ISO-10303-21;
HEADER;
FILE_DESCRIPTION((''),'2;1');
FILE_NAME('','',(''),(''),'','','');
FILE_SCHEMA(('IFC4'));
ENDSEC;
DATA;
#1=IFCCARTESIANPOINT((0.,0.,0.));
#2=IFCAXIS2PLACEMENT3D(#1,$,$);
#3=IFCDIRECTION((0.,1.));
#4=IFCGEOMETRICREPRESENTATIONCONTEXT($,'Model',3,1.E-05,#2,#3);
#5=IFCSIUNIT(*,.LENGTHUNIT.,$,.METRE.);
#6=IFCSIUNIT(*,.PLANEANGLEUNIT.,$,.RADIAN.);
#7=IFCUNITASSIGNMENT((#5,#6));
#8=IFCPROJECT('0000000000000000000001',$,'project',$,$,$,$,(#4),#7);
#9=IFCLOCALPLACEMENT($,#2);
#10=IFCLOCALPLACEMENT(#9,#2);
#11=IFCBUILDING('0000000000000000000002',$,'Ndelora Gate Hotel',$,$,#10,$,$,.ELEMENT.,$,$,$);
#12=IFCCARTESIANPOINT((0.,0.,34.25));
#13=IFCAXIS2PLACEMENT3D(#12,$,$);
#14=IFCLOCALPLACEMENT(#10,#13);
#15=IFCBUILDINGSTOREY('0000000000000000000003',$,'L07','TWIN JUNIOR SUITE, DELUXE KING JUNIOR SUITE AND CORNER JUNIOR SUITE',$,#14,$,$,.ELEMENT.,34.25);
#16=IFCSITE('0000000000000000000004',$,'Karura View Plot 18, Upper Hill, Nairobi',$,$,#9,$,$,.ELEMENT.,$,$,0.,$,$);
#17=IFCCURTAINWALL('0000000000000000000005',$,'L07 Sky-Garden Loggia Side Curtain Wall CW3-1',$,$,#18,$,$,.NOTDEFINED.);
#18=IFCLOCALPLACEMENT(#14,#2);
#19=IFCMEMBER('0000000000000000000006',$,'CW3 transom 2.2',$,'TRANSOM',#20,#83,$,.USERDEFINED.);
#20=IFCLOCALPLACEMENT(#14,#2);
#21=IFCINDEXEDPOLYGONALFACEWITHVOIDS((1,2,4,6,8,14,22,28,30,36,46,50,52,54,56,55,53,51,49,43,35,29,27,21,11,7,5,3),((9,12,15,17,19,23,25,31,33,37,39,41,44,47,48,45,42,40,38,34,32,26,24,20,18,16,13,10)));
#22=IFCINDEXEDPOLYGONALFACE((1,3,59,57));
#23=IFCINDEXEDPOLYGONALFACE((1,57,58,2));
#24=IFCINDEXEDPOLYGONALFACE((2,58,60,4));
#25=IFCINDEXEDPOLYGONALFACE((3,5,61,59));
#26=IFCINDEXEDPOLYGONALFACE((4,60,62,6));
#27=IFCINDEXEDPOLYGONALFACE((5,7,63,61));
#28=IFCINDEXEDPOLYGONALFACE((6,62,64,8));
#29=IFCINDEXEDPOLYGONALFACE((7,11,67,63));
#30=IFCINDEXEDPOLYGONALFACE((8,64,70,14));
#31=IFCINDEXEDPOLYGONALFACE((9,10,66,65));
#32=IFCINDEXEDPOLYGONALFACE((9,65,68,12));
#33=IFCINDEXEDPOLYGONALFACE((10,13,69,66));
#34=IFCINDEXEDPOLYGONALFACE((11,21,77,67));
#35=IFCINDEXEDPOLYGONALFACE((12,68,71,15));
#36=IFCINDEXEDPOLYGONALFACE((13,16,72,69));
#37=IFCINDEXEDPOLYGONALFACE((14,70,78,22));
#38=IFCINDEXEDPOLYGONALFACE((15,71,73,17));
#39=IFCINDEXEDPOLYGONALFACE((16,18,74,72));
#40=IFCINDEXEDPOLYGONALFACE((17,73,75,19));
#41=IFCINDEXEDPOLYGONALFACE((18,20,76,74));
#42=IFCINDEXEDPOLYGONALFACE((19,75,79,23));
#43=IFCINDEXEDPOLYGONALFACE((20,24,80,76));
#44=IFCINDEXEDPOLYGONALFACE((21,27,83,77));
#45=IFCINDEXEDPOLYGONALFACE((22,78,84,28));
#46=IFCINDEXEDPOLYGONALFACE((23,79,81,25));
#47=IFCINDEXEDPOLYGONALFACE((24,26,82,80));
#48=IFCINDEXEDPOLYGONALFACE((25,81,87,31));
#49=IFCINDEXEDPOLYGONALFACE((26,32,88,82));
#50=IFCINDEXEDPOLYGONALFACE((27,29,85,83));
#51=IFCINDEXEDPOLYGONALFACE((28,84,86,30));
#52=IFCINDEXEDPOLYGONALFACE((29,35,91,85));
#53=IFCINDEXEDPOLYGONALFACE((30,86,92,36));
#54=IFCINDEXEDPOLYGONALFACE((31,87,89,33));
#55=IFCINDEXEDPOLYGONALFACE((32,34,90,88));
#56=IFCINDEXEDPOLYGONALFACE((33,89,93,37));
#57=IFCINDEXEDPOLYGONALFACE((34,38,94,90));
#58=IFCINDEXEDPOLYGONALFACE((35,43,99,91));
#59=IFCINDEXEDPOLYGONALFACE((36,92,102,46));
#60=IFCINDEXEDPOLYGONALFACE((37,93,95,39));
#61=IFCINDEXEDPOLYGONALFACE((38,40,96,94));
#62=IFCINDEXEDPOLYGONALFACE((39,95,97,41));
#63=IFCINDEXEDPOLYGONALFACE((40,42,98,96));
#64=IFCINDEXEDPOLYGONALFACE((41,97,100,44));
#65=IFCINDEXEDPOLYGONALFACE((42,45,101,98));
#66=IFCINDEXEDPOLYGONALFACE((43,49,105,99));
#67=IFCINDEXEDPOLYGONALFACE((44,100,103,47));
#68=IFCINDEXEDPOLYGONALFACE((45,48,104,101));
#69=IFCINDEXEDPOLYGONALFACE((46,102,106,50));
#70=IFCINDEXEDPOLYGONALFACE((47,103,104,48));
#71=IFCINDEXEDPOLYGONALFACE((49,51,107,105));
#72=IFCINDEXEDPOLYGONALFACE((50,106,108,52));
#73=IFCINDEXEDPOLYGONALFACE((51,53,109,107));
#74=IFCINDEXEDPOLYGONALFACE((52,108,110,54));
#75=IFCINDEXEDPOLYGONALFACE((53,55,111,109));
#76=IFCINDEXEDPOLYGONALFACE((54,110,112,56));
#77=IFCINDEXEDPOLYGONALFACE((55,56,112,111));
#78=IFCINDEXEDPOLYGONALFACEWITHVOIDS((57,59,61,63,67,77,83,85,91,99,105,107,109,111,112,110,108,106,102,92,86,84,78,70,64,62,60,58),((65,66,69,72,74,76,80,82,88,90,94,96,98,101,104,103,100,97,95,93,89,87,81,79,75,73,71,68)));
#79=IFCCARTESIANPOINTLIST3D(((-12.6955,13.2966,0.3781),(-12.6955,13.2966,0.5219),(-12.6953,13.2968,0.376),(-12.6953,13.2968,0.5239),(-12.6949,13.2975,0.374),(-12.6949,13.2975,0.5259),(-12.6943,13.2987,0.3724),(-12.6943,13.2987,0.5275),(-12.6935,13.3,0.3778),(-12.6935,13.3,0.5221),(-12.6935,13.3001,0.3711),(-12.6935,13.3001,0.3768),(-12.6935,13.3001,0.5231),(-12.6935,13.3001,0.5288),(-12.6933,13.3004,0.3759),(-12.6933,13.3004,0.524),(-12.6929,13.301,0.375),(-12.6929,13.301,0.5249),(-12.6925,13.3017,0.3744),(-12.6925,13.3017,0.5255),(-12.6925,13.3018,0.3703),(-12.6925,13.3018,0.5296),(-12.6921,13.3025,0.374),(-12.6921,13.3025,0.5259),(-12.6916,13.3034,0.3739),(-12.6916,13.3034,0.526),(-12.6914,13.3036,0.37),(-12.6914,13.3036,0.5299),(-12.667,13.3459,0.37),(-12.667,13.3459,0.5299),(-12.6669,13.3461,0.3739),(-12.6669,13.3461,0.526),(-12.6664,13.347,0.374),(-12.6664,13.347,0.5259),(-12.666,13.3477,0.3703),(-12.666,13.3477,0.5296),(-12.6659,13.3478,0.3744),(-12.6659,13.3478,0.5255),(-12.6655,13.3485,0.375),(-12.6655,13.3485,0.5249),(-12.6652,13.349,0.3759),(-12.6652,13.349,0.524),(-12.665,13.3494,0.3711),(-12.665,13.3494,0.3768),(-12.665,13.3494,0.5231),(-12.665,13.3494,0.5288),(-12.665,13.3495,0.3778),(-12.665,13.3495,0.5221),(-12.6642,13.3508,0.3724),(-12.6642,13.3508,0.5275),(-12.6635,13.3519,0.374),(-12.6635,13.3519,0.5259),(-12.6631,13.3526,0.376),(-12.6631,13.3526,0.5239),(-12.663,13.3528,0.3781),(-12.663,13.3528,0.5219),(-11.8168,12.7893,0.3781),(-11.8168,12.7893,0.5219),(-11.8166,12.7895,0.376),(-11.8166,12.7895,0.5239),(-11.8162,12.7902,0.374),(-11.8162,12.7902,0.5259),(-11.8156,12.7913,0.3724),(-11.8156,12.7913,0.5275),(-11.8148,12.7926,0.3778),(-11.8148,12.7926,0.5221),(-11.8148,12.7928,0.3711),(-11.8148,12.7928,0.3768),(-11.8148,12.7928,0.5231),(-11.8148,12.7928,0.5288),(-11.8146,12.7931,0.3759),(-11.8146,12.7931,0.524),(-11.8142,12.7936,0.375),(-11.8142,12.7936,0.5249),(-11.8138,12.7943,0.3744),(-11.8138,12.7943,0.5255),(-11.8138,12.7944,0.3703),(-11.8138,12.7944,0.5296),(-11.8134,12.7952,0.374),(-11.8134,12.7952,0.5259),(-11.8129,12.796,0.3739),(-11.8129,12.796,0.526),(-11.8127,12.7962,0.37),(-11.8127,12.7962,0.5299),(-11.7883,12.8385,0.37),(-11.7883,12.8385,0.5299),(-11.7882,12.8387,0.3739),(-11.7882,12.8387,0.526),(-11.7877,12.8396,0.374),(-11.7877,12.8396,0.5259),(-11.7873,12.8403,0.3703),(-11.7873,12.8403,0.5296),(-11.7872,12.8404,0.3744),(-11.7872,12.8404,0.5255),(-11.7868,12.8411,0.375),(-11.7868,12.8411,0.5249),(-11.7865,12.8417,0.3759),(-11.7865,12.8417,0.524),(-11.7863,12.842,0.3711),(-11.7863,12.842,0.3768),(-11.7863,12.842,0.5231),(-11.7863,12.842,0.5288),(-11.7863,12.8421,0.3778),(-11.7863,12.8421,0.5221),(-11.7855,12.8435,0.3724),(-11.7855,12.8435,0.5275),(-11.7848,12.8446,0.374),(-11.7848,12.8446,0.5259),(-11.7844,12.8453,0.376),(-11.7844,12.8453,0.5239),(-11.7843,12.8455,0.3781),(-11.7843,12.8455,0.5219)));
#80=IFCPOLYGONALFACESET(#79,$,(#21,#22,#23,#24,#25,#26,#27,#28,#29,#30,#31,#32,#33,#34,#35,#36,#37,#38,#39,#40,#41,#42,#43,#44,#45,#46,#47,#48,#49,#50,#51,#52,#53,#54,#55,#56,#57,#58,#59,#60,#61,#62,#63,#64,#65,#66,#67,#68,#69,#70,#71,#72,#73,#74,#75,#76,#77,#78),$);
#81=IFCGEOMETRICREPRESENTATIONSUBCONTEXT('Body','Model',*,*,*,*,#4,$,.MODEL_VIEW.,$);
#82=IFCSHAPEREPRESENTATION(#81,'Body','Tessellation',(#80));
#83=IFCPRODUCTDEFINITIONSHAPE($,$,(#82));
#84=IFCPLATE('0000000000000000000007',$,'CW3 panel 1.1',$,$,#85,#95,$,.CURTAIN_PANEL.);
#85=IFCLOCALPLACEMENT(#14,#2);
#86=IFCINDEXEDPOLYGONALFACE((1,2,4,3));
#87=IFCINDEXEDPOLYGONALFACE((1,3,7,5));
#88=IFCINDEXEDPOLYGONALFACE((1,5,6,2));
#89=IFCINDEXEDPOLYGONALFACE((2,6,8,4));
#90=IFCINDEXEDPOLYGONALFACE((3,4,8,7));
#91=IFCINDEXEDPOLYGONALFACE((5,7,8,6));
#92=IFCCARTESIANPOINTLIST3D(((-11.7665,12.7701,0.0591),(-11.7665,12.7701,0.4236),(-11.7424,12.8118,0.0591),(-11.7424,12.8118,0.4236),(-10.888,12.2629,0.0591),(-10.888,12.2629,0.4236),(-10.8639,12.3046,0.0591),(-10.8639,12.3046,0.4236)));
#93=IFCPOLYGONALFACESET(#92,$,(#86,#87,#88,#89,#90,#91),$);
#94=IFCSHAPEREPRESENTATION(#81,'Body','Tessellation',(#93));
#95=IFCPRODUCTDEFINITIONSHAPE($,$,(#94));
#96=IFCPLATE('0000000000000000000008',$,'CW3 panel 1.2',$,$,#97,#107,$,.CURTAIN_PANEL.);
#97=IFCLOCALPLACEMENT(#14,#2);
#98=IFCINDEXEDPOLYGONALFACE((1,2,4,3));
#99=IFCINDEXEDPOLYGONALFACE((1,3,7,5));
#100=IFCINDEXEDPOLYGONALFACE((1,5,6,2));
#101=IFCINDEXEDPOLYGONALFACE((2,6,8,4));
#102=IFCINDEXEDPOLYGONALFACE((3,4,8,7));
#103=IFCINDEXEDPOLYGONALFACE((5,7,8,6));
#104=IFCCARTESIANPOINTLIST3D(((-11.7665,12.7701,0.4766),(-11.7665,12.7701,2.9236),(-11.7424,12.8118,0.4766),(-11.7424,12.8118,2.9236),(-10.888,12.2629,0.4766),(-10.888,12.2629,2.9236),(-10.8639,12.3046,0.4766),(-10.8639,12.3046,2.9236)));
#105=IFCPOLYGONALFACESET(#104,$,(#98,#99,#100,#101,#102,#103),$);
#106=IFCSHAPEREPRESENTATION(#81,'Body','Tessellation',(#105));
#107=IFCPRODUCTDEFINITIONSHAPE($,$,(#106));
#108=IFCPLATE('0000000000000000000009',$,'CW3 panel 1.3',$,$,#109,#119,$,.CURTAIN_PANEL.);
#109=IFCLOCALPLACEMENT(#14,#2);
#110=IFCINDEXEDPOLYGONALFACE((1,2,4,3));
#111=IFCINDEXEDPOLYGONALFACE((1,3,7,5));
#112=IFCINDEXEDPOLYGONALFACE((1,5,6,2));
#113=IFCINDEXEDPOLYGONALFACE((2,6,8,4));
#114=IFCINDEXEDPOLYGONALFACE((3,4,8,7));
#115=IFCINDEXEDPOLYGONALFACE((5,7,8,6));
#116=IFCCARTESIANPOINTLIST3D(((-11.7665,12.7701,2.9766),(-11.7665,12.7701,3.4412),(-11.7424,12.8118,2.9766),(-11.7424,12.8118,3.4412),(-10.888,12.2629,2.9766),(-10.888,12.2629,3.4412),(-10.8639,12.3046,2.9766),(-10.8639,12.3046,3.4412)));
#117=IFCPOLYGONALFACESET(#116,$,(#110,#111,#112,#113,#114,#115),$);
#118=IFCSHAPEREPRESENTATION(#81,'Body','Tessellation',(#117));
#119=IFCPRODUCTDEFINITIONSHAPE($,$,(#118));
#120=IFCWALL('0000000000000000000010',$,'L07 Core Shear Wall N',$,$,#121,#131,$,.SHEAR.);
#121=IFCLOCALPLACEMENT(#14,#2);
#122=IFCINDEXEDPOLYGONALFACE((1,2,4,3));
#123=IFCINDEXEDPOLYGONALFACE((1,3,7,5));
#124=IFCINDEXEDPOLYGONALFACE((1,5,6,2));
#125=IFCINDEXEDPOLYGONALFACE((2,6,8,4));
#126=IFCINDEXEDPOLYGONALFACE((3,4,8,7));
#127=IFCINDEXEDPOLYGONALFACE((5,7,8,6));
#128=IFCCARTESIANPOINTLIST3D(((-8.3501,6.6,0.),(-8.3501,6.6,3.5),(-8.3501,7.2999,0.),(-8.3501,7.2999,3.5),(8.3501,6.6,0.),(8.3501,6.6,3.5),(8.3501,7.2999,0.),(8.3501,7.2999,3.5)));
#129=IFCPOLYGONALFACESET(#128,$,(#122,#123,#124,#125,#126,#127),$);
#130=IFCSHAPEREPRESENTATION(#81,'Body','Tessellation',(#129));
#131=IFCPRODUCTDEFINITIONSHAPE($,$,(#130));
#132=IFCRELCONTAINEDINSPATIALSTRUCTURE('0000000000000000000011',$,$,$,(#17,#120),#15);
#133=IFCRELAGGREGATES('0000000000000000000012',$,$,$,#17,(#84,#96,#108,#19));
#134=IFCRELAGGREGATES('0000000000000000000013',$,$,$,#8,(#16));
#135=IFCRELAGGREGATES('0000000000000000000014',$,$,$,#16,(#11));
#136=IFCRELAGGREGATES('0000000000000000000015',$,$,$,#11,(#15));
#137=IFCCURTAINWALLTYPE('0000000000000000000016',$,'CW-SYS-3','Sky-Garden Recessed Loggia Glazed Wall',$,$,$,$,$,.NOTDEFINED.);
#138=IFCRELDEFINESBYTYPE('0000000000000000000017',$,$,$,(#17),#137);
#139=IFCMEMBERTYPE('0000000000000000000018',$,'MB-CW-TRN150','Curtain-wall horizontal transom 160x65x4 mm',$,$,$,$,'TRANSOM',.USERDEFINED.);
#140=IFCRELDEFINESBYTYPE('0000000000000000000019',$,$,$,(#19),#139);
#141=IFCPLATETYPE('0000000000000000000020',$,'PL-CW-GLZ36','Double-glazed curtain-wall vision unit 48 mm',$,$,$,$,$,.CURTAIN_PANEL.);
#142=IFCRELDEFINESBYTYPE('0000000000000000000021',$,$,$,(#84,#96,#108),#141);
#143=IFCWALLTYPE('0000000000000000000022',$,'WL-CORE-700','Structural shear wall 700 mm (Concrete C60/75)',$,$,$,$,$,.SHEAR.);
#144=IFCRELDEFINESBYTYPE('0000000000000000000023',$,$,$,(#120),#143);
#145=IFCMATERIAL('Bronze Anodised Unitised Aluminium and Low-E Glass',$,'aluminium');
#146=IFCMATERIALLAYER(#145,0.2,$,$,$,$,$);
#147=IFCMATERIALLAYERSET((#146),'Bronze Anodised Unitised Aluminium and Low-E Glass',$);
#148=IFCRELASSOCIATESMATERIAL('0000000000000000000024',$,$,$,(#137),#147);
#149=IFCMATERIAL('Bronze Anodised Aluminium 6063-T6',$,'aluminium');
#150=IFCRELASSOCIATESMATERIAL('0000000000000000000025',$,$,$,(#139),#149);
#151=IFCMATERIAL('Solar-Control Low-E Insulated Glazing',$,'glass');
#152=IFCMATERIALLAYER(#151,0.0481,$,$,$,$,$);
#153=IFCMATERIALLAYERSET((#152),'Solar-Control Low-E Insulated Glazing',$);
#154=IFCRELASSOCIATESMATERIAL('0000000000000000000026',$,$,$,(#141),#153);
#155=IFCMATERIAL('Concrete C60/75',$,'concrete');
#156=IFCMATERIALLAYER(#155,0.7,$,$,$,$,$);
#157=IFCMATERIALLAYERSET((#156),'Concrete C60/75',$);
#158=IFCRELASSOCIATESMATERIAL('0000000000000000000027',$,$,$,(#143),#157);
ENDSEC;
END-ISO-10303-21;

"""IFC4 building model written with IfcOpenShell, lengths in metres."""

from ifc_helpers import new_model, si_unit, direction, frame, frame_2d, origin, origin_2d, place, context, subcontext, project, spatial, rectangle, hollow_rectangle, extrude, material, layer, layer_set, material_profile, profile_set, type_object, element, aggregate, save


model = new_model("IFC4")

# Units and contexts
model_context = context("Model", 3, precision=1e-05, world=origin(), true_north=direction((0.0, 1.0)))
body_context = subcontext(model_context, "Body", "Model", "MODEL_VIEW")
ifc_project = project(units=[si_unit("LENGTHUNIT", "METRE"), si_unit("PLANEANGLEUNIT", "RADIAN")], contexts=[model_context])

# Site, building, storey
site_placement = place(None, origin())
site = spatial("IfcSite", under=ifc_project, at=site_placement, Name="Karura View Plot 18, Upper Hill, Nairobi", CompositionType="ELEMENT", RefElevation=0.0)
building_placement = place(site_placement, origin())
building = spatial("IfcBuilding", under=site, at=building_placement, Name="Ndelora Gate Hotel", CompositionType="ELEMENT")
storey_placement = place(building_placement, frame((0.0, 0.0, 34.25)))
storey = spatial("IfcBuildingStorey", under=building, at=storey_placement, Name="L07", Description="TWIN JUNIOR SUITE, DELUXE KING JUNIOR SUITE AND CORNER JUNIOR SUITE", CompositionType="ELEMENT", Elevation=34.25)

# Curtain wall, member, plates
ifc_material_1 = material(Name="Bronze Anodised Unitised Aluminium and Low-E Glass", Category="aluminium")
ifc_layer_1 = layer(ifc_material_1, 0.2)
ifc_layer_set_1 = layer_set([ifc_layer_1], Name="Bronze Anodised Unitised Aluminium and Low-E Glass")
curtain_wall_type = type_object("IfcCurtainWallType", Name="CW-SYS-3", Description="Sky-Garden Recessed Loggia Glazed Wall", PredefinedType="NOTDEFINED", material=ifc_layer_set_1)
curtain_wall_placement = place(storey_placement, origin())
curtain_wall = element("IfcCurtainWall", 1, at=curtain_wall_placement, inside=storey, type_object=curtain_wall_type, Name="L07 Sky-Garden Loggia Side Curtain Wall CW3-1", PredefinedType="NOTDEFINED")
ifc_material_2 = material(Name="Bronze Anodised Aluminium 6063-T6", Category="aluminium")
ifc_material_profile_1 = material_profile(ifc_material_2, hollow_rectangle(XDim=0.0649, YDim=0.1599, WallThickness=0.0039, InnerFilletRadius=0.0039, OuterFilletRadius=0.0081, at=origin_2d()), Name="ALU 160x65x4")
ifc_profile_set_1 = profile_set([ifc_material_profile_1], Name="Bronze Anodised Aluminium 6063-T6")
member_type_1 = type_object("IfcMemberType", Name="MB-CW-TRN150", Description="Curtain-wall horizontal transom 160x65x4 mm", ElementType="TRANSOM", PredefinedType="USERDEFINED", material=ifc_profile_set_1)
member_1_placement = place(storey_placement, frame((-11.8005, 12.8174, 0.45), z_axis=(-0.866013, 0.500021, 0.0), x_axis=(-0.500021, -0.866013, 0.0)))
member_1 = element("IfcMember", 2, at=member_1_placement, type_object=member_type_1, Name="CW3 transom 2.2", ObjectType="TRANSOM", PredefinedType="USERDEFINED", context=body_context, shape_type="SweptSolid", body=[
    extrude(hollow_rectangle(XDim=0.0649, YDim=0.1599, WallThickness=0.0039, InnerFilletRadius=0.0039, OuterFilletRadius=0.0081, at=origin_2d()), origin(), (0.0, 0.0, 1.0), 1.0146),
])
ifc_material_3 = material(Name="Solar-Control Low-E Insulated Glazing", Category="glass")
ifc_layer_2 = layer(ifc_material_3, 0.0481)
ifc_layer_set_2 = layer_set([ifc_layer_2], Name="Solar-Control Low-E Insulated Glazing")
plate_type = type_object("IfcPlateType", Name="PL-CW-GLZ36", Description="Double-glazed curtain-wall vision unit 48 mm", PredefinedType="CURTAIN_PANEL", material=ifc_layer_set_2)
plate_1_placement = place(storey_placement, frame((-11.3152, 12.5374, 0.0591), z_axis=(0.0, 0.0, 1.0), x_axis=(-0.86603, 0.499991, 0.0)))
plate_1 = element("IfcPlate", 3, at=plate_1_placement, type_object=plate_type, Name="CW3 panel 1.1", PredefinedType="CURTAIN_PANEL", context=body_context, shape_type="SweptSolid", body=[
    extrude(rectangle(XDim=1.0144, YDim=0.0481, at=origin_2d()), origin(), (0.0, 0.0, 1.0), 0.3645),
])
plate_2_placement = place(storey_placement, frame((-11.3152, 12.5374, 0.4766), z_axis=(0.0, 0.0, 1.0), x_axis=(-0.86603, 0.499991, 0.0)))
plate_2 = element("IfcPlate", 4, at=plate_2_placement, type_object=plate_type, Name="CW3 panel 1.2", PredefinedType="CURTAIN_PANEL", context=body_context, shape_type="SweptSolid", body=[
    extrude(rectangle(XDim=1.0144, YDim=0.0481, at=origin_2d()), origin(), (0.0, 0.0, 1.0), 2.447),
])
plate_3_placement = place(storey_placement, frame((-11.3152, 12.5374, 2.9766), z_axis=(0.0, 0.0, 1.0), x_axis=(-0.86603, 0.499991, 0.0)))
plate_3 = element("IfcPlate", 5, at=plate_3_placement, type_object=plate_type, Name="CW3 panel 1.3", PredefinedType="CURTAIN_PANEL", context=body_context, shape_type="SweptSolid", body=[
    extrude(rectangle(XDim=1.0144, YDim=0.0481, at=origin_2d()), origin(), (0.0, 0.0, 1.0), 0.4646),
])
aggregate(curtain_wall, [plate_1, plate_2, plate_3, member_1])

# Wall
ifc_material_4 = material(Name="Concrete C60/75", Category="concrete")
ifc_layer_3 = layer(ifc_material_4, 0.7)
ifc_layer_set_3 = layer_set([ifc_layer_3], Name="Concrete C60/75")
wall_type_1 = type_object("IfcWallType", Name="WL-CORE-700", Description="Structural shear wall 700 mm (Concrete C60/75)", PredefinedType="SHEAR", material=ifc_layer_set_3)
wall_1_placement = place(storey_placement, frame((-8.3501, 6.95, 0.0), z_axis=(0.0, 0.0, 1.0), x_axis=(1.0, 0.0, 0.0)))
element("IfcWall", 6, at=wall_1_placement, inside=storey, type_object=wall_type_1, Name="L07 Core Shear Wall N", PredefinedType="SHEAR", context=body_context, shape_type="SweptSolid", body=[
    extrude(rectangle(XDim=16.7002, YDim=0.7, at=frame_2d((8.3501, 0.0))), origin(), (0.0, 0.0, 1.0), 3.5),
])

save(model, "model.ifc")
